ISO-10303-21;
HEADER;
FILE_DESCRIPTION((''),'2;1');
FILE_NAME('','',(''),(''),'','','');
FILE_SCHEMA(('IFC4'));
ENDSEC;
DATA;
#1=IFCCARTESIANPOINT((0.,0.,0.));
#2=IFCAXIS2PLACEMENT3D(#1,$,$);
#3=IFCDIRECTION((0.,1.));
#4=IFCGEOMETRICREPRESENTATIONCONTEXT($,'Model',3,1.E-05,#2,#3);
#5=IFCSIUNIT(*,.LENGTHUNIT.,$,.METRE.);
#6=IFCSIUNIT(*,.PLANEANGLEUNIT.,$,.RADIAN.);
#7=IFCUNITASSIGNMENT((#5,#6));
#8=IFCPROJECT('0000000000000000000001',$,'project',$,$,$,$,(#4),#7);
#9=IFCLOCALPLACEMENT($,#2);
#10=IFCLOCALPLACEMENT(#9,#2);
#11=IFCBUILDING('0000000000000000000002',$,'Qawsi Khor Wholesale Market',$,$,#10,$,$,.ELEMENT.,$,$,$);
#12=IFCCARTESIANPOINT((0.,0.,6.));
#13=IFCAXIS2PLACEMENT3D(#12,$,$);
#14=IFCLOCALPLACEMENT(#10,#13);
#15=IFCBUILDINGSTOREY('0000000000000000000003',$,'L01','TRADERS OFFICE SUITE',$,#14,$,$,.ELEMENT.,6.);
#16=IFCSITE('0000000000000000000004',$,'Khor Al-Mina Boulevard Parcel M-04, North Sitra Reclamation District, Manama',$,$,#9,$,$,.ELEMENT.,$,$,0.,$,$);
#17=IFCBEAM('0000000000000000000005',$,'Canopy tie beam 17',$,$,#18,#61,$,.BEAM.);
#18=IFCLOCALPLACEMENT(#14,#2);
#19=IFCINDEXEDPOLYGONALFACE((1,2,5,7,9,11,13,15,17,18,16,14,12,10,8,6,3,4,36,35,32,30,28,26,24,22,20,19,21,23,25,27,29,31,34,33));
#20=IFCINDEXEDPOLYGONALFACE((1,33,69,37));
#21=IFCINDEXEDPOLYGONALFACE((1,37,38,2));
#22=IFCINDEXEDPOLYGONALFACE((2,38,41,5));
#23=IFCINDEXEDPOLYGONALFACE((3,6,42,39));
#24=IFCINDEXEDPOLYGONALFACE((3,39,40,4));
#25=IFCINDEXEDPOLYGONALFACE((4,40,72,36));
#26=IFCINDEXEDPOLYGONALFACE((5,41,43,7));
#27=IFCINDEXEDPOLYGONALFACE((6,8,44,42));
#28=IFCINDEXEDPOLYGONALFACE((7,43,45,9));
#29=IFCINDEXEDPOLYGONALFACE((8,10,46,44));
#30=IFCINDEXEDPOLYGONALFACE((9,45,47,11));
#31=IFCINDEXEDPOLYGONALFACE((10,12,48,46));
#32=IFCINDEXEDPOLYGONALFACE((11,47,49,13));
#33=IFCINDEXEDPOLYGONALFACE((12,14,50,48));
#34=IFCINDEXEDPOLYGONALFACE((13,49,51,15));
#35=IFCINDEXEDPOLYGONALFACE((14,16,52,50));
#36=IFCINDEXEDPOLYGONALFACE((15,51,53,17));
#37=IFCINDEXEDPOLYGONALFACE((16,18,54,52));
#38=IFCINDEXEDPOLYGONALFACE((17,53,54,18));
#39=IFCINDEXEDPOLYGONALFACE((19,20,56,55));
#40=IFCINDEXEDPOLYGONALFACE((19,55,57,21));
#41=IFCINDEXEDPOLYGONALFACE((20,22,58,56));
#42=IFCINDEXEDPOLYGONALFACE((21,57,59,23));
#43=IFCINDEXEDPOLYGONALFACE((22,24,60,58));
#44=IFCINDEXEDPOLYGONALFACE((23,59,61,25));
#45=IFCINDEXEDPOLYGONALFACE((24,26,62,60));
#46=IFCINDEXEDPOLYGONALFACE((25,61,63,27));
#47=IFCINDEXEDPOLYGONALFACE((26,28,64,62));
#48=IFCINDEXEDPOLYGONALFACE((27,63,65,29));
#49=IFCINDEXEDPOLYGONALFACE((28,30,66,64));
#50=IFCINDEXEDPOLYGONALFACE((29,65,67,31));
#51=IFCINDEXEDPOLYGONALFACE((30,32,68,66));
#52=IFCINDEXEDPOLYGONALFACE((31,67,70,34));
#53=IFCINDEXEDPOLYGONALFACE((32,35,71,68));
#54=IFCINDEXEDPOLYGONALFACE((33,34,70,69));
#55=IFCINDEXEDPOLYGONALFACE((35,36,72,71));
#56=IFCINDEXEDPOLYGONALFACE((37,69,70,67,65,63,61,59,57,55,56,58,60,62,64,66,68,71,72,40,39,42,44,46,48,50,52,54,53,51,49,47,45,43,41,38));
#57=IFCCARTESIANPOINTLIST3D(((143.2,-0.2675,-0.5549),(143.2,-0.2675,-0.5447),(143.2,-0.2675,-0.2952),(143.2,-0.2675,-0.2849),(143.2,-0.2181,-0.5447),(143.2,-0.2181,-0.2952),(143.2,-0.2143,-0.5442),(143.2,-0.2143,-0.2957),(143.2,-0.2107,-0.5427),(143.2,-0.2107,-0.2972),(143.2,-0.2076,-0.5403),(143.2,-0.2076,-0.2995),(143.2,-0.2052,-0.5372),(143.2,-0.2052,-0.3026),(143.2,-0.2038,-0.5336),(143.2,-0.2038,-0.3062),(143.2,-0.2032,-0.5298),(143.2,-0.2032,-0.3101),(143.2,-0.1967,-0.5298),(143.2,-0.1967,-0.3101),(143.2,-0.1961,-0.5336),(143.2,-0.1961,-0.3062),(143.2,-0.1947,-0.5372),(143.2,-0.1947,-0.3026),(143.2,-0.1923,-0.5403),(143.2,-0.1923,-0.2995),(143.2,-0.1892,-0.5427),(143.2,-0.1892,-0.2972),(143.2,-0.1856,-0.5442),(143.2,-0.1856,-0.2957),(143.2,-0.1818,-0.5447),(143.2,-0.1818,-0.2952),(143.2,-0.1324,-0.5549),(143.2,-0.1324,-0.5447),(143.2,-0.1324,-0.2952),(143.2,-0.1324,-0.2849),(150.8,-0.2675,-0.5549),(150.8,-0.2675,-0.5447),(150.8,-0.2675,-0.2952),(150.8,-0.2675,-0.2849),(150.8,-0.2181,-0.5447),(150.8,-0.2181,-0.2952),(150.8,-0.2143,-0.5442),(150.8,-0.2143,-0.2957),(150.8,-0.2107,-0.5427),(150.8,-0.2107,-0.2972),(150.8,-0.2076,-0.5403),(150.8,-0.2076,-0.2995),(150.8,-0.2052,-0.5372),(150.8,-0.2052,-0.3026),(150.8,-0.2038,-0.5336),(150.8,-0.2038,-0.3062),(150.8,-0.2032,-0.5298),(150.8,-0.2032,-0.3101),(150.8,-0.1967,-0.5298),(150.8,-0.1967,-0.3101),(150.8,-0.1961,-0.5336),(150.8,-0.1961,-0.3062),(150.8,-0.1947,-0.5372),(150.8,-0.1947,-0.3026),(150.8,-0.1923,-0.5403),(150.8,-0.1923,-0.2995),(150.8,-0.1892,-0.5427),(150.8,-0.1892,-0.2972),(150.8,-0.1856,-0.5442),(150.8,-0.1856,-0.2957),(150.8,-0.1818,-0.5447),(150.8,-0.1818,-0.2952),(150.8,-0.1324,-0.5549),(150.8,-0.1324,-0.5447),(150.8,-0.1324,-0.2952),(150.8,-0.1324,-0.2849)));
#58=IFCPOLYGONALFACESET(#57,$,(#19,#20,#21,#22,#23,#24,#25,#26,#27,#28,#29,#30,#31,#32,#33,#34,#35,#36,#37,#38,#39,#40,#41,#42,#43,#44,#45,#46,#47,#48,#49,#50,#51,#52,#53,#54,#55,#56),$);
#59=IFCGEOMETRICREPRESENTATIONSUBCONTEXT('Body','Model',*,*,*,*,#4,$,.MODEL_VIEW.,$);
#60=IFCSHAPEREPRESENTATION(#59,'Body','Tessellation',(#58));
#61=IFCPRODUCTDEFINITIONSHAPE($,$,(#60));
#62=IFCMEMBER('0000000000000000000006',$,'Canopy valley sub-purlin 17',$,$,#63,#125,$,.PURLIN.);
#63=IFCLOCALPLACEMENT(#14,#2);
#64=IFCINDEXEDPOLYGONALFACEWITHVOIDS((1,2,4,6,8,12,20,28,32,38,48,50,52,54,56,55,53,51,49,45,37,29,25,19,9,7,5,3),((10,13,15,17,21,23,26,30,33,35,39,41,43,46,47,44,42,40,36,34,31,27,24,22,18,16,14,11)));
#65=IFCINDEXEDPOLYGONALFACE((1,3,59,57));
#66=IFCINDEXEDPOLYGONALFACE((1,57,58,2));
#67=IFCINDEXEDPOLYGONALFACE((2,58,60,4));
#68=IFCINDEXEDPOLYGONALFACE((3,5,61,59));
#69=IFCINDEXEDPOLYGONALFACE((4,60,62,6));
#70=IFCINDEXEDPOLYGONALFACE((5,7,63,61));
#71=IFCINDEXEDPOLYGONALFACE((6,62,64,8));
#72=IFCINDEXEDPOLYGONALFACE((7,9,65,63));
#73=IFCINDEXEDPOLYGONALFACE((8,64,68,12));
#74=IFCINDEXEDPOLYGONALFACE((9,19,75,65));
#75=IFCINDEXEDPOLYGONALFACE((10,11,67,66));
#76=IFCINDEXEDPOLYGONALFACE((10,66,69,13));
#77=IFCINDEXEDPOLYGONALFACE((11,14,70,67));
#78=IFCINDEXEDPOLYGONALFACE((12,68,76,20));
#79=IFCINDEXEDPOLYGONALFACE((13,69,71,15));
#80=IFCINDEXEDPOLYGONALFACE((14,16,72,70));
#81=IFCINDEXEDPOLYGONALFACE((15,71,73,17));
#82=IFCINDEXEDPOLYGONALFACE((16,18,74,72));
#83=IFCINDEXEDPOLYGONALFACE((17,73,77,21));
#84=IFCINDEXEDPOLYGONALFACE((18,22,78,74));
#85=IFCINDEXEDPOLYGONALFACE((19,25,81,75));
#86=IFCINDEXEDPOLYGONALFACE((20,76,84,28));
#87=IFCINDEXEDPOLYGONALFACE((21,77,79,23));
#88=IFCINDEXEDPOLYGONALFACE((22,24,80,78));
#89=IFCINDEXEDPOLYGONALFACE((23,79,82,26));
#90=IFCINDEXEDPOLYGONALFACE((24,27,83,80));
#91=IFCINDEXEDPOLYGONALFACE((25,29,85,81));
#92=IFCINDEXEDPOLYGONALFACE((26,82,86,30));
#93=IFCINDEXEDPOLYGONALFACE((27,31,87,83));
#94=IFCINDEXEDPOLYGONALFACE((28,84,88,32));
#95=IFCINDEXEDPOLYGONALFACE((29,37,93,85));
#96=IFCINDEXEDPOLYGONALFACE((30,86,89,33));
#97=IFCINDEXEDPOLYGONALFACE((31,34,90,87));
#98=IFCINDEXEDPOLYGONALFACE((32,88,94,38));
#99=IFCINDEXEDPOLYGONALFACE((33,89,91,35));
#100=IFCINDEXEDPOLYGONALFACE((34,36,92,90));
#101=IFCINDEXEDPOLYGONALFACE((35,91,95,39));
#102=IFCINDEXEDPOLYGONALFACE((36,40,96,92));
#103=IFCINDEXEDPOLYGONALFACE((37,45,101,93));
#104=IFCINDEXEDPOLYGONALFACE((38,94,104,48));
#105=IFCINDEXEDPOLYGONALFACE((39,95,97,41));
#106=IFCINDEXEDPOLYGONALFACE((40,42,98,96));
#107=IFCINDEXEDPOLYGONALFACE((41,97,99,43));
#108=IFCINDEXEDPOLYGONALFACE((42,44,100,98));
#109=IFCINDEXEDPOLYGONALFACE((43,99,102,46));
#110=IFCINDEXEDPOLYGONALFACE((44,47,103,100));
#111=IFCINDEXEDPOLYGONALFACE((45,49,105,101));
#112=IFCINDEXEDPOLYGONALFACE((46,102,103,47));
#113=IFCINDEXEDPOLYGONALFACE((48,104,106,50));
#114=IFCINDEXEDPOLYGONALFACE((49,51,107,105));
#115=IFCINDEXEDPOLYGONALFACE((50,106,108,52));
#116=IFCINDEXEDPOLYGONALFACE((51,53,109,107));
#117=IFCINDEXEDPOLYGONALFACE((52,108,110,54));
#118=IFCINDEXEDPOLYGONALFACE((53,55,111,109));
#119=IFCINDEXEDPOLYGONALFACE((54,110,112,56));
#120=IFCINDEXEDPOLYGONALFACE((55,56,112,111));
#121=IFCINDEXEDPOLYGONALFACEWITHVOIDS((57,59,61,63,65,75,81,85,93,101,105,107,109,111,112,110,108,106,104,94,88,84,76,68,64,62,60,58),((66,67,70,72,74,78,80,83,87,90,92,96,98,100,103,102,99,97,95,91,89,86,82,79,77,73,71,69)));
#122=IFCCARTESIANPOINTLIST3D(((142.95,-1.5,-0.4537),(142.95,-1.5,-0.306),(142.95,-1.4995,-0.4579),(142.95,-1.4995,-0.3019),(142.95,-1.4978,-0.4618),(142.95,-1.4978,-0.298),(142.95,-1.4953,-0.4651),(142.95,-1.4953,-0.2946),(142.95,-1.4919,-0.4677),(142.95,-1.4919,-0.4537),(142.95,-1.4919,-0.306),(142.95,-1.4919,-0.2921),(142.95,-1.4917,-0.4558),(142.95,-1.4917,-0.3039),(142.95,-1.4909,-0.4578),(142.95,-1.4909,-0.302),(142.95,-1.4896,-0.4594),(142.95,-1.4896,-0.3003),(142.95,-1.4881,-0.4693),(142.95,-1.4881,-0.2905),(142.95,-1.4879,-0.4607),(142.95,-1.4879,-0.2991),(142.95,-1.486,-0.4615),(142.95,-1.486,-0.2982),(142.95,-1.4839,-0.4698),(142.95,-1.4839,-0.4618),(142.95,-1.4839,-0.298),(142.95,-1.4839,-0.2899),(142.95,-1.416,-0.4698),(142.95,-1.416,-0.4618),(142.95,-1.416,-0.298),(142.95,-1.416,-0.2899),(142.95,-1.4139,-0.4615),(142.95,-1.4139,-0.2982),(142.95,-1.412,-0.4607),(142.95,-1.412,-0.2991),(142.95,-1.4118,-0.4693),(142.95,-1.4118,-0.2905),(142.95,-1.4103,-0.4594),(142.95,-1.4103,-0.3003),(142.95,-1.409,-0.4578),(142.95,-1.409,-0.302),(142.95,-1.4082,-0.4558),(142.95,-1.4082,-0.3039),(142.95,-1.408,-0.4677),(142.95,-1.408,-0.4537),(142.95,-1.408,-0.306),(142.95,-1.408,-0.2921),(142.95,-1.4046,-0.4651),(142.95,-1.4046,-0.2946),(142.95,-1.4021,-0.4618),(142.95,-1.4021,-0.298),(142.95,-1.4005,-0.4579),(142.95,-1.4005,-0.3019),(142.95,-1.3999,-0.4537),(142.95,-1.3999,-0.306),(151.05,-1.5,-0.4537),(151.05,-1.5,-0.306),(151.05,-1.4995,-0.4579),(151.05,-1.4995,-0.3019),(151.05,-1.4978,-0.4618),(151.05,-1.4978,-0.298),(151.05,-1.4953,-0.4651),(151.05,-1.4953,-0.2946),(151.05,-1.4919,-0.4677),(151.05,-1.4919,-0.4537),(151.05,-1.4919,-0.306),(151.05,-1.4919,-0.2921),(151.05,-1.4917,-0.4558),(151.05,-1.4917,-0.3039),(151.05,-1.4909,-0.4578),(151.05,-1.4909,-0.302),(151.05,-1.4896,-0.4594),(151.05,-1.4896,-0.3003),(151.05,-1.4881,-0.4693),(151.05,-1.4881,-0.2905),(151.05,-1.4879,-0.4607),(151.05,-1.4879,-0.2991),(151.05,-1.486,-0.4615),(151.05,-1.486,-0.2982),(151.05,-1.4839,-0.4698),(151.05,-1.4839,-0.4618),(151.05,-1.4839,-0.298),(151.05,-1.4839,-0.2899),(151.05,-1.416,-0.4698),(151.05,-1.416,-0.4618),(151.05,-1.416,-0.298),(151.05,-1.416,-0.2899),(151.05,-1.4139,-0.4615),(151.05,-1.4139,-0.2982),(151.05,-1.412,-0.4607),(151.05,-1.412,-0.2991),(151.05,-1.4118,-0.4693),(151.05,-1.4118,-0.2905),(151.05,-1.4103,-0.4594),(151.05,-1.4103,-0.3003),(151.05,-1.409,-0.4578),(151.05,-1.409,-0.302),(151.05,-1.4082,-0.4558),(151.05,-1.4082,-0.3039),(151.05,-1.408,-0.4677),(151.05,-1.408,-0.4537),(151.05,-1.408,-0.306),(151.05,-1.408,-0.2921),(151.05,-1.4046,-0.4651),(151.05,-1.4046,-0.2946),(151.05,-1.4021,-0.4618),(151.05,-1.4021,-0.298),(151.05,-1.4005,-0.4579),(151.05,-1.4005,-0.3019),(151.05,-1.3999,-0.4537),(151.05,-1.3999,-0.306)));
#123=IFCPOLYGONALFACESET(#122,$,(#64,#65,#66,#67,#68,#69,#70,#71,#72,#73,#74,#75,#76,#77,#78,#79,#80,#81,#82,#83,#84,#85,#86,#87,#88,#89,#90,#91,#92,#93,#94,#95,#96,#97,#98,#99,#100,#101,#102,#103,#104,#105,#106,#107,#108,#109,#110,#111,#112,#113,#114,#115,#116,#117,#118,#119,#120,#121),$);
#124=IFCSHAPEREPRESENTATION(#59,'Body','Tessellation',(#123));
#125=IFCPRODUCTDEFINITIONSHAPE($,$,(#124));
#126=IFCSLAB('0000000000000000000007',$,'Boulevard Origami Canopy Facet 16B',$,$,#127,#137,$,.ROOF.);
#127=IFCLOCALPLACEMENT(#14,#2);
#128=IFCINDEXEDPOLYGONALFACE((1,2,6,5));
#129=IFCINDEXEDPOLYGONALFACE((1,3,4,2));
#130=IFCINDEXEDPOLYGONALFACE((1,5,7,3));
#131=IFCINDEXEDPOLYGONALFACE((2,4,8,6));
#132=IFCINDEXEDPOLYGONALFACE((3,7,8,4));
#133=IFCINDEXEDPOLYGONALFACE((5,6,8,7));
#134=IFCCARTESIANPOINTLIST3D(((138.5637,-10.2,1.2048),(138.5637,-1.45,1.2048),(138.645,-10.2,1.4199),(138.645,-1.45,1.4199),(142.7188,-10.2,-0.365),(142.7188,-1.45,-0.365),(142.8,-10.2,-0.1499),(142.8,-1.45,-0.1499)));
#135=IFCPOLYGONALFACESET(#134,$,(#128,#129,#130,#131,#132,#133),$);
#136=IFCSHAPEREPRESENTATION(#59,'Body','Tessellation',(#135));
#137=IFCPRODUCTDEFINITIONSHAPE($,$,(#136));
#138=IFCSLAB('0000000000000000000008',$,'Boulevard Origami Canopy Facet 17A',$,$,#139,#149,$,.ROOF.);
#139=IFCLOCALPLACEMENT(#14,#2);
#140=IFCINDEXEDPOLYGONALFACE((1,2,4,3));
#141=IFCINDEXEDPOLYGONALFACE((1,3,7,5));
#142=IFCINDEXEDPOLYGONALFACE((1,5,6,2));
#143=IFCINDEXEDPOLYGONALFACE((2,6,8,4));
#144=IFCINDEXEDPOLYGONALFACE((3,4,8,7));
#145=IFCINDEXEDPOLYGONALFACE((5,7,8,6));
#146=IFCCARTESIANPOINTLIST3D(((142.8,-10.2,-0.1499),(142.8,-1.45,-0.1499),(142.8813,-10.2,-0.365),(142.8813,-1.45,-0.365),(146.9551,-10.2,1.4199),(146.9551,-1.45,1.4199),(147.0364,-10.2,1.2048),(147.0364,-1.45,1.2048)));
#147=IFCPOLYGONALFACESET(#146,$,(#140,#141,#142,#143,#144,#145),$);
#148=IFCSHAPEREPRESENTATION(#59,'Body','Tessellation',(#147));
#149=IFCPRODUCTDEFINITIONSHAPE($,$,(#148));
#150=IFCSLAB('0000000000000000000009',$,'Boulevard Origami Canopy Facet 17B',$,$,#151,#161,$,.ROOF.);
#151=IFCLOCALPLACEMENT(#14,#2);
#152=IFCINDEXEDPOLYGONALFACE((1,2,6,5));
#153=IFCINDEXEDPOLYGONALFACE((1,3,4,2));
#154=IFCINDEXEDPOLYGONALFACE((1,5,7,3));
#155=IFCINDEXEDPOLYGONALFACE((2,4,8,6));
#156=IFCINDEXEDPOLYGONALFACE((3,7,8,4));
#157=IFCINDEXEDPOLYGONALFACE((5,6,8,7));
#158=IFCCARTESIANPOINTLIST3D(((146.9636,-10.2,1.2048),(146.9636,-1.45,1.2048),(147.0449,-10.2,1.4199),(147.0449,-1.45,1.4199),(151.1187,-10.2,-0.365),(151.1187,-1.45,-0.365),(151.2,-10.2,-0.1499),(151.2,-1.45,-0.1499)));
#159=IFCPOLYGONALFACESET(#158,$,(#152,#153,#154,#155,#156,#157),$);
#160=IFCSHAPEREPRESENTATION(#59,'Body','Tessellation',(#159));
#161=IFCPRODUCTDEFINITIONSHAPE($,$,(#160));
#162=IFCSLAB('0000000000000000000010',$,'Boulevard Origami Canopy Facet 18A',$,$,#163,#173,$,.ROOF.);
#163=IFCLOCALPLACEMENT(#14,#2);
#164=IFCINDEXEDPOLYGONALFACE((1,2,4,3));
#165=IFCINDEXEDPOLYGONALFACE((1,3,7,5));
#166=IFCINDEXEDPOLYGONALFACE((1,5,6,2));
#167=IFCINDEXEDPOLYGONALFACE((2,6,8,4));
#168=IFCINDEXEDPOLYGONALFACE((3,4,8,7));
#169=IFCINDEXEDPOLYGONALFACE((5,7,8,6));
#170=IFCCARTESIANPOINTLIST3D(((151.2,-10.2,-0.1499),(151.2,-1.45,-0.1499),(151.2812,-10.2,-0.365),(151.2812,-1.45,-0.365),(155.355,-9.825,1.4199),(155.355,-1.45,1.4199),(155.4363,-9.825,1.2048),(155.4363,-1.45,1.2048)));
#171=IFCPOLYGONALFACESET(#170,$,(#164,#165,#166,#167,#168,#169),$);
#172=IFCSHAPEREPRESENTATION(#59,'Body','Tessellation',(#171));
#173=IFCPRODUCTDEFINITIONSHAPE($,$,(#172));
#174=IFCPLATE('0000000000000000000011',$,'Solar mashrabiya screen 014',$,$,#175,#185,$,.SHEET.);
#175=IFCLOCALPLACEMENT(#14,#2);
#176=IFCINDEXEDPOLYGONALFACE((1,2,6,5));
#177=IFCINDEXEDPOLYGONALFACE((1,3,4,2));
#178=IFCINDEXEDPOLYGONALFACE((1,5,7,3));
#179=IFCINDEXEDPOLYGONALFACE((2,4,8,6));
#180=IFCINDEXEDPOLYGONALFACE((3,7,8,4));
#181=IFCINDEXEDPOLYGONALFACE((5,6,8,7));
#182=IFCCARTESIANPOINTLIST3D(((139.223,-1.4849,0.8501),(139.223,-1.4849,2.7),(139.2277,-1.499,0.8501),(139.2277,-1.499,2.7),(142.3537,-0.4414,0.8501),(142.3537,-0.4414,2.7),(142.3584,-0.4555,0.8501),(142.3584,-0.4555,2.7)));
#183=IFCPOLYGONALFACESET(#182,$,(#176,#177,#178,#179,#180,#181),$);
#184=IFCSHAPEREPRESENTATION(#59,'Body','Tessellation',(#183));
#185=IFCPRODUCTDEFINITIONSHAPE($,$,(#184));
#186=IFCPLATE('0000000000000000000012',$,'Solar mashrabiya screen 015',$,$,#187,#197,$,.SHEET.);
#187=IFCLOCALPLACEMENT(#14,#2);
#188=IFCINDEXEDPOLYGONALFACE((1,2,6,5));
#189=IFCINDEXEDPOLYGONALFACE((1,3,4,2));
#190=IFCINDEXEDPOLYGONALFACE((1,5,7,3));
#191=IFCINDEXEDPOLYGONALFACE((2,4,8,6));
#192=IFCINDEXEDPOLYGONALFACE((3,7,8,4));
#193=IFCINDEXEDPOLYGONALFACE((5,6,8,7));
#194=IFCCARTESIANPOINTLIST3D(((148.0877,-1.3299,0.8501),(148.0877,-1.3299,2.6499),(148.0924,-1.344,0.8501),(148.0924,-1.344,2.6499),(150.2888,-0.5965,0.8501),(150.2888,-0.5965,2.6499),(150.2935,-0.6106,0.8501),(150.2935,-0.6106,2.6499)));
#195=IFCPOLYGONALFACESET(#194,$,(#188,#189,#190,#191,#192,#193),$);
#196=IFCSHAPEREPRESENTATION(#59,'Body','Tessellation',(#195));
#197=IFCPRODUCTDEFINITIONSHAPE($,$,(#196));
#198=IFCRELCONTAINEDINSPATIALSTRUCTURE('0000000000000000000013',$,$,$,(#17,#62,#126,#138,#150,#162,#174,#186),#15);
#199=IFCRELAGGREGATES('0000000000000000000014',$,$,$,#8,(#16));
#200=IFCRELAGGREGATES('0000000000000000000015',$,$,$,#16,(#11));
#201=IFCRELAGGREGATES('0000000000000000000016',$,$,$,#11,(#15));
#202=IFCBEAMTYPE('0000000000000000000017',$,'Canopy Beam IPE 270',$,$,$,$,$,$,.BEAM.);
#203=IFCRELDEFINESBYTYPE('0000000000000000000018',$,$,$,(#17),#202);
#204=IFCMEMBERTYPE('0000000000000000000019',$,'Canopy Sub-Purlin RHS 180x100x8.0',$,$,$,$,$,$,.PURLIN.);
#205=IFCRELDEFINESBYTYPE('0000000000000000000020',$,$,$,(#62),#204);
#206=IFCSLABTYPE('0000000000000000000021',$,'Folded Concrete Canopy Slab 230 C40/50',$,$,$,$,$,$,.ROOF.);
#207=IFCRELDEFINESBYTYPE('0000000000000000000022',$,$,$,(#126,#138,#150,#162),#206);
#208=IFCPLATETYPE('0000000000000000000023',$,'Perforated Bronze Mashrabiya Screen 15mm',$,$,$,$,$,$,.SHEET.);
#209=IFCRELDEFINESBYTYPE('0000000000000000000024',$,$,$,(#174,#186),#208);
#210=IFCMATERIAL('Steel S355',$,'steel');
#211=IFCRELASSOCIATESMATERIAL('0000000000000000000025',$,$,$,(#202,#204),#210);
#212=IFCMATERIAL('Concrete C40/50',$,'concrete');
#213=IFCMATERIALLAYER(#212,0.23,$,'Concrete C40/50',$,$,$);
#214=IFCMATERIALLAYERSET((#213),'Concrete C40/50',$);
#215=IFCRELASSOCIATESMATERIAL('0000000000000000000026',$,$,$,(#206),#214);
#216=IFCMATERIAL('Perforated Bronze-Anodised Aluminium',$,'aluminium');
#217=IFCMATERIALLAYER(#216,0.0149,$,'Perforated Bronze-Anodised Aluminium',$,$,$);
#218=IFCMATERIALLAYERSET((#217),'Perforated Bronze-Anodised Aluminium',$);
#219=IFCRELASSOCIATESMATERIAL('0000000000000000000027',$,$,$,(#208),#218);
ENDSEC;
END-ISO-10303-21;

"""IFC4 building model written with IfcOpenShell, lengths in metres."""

from ifc_helpers import new_model, si_unit, direction, frame, frame_2d, origin, origin_2d, place, context, subcontext, project, spatial, polyline, rectangle, hollow_rectangle, i_section, outline, extrude, material, layer, layer_set, material_profile, profile_set, type_object, element, save


model = new_model("IFC4")

# Units and contexts
model_context = context("Model", 3, precision=1e-05, world=origin(), true_north=direction((0.0, 1.0)))
body_context = subcontext(model_context, "Body", "Model", "MODEL_VIEW")
ifc_project = project(units=[si_unit("LENGTHUNIT", "METRE"), si_unit("PLANEANGLEUNIT", "RADIAN")], contexts=[model_context])

# Site, building, storey
site_placement = place(None, origin())
site = spatial("IfcSite", under=ifc_project, at=site_placement, Name="Khor Al-Mina Boulevard Parcel M-04, North Sitra Reclamation District, Manama", CompositionType="ELEMENT", RefElevation=0.0)
building_placement = place(site_placement, origin())
building = spatial("IfcBuilding", under=site, at=building_placement, Name="Qawsi Khor Wholesale Market", CompositionType="ELEMENT")
storey_placement = place(building_placement, frame((0.0, 0.0, 6.0)))
storey = spatial("IfcBuildingStorey", under=building, at=storey_placement, Name="L01", Description="TRADERS OFFICE SUITE", CompositionType="ELEMENT", Elevation=6.0)

# Beam
ifc_material_1 = material(Name="Steel S355", Category="steel")
ifc_material_profile_1 = material_profile(ifc_material_1, i_section(OverallWidth=0.135, OverallDepth=0.27, WebThickness=0.0066, FlangeThickness=0.0103, FilletRadius=0.0149, at=origin_2d()), Name="IPE 270")
ifc_profile_set_1 = profile_set([ifc_material_profile_1], Name="Steel S355")
beam_type = type_object("IfcBeamType", Name="Canopy Beam IPE 270", PredefinedType="BEAM", material=ifc_profile_set_1)
beam_placement = place(storey_placement, frame((143.2, -0.2, -0.4199), z_axis=(1.0, 0.0, 0.0), x_axis=(0.0, 1.0, 0.0)))
element("IfcBeam", 1, at=beam_placement, inside=storey, type_object=beam_type, Name="Canopy tie beam 17", PredefinedType="BEAM", context=body_context, shape_type="SweptSolid", body=[
    extrude(i_section(OverallWidth=0.135, OverallDepth=0.27, WebThickness=0.0066, FlangeThickness=0.0103, FilletRadius=0.0149, at=origin_2d()), origin(), (0.0, 0.0, 1.0), 7.6001),
])

# Member
ifc_material_profile_2 = material_profile(ifc_material_1, hollow_rectangle(XDim=0.1001, YDim=0.1799, WallThickness=0.0081, InnerFilletRadius=0.0081, OuterFilletRadius=0.0161, at=origin_2d()), Name="RHS 180x100x8.0")
ifc_profile_set_2 = profile_set([ifc_material_profile_2], Name="Steel S355")
member_type = type_object("IfcMemberType", Name="Canopy Sub-Purlin RHS 180x100x8.0", PredefinedType="PURLIN", material=ifc_profile_set_2)
member_placement = place(storey_placement, frame((142.95, -1.45, -0.3799), z_axis=(1.0, 0.0, 0.0), x_axis=(0.0, 1.0, 0.0)))
element("IfcMember", 2, at=member_placement, inside=storey, type_object=member_type, Name="Canopy valley sub-purlin 17", PredefinedType="PURLIN", context=body_context, shape_type="SweptSolid", body=[
    extrude(hollow_rectangle(XDim=0.1001, YDim=0.1799, WallThickness=0.0081, InnerFilletRadius=0.0081, OuterFilletRadius=0.0161, at=origin_2d()), origin(), (0.0, 0.0, 1.0), 8.1001),
])

# Slabs
ifc_material_2 = material(Name="Concrete C40/50", Category="concrete")
ifc_layer_1 = layer(ifc_material_2, 0.23, Name="Concrete C40/50")
ifc_layer_set_1 = layer_set([ifc_layer_1], Name="Concrete C40/50")
slab_type = type_object("IfcSlabType", Name="Folded Concrete Canopy Slab 230 C40/50", PredefinedType="ROOF", material=ifc_layer_set_1)
for number, where, z_axis, x_axis, name in (
    (3, (138.645, -10.2, 1.4199), (0.353429, 0.0, 0.935461), (0.935461, 0.0, -0.353429), "Boulevard Origami Canopy Facet 16B"),
    (4, (142.8, -10.2, -0.1499), (-0.353429, 0.0, 0.935461), (0.935461, 0.0, 0.353429), "Boulevard Origami Canopy Facet 17A"),
    (5, (147.0449, -10.2, 1.4199), (0.353429, 0.0, 0.935461), (0.935461, 0.0, -0.353429), "Boulevard Origami Canopy Facet 17B"),
):
    element("IfcSlab", number, at=place(storey_placement, frame(where, z_axis=z_axis, x_axis=x_axis)), inside=storey, type_object=slab_type, Name=name, PredefinedType="ROOF", context=body_context, shape_type="SweptSolid", body=[
        extrude(outline(polyline([(0.0, 0.0), (4.4417, 0.0), (4.4417, 8.75), (0.0, 8.75), (0.0, 0.0)])), origin(), (0.0, 0.0, -1.0), 0.23),
    ])
slab_placement = place(storey_placement, frame((151.2, -10.2, -0.1499), z_axis=(-0.353429, 0.0, 0.935461), x_axis=(0.932145, 0.084128, 0.352177)))
element("IfcSlab", 6, at=slab_placement, inside=storey, type_object=slab_type, Name="Boulevard Origami Canopy Facet 18A", PredefinedType="ROOF", context=body_context, shape_type="SweptSolid", body=[
    extrude(outline(polyline([(0.0, 0.0), (4.4575, 0.0), (5.1621, 8.3453), (0.7361, 8.719), (0.0, 0.0)])), origin(), (0.0, 0.0, -1.0), 0.23),
])

# Plates
ifc_material_3 = material(Name="Perforated Bronze-Anodised Aluminium", Category="aluminium")
ifc_layer_2 = layer(ifc_material_3, 0.0149, Name="Perforated Bronze-Anodised Aluminium")
ifc_layer_set_2 = layer_set([ifc_layer_2], Name="Perforated Bronze-Anodised Aluminium")
plate_type_1 = type_object("IfcPlateType", Name="Perforated Bronze Mashrabiya Screen 15mm", PredefinedType="SHEET", material=ifc_layer_set_2)
plate_1_placement = place(storey_placement, frame((142.356, -0.4485, 0.8501), z_axis=(0.0, 0.0, 1.0), x_axis=(-0.948691, -0.316206, 0.0)))
element("IfcPlate", 7, at=plate_1_placement, inside=storey, type_object=plate_type_1, Name="Solar mashrabiya screen 014", PredefinedType="SHEET", context=body_context, shape_type="SweptSolid", body=[
    extrude(rectangle(XDim=3.3, YDim=0.0149, at=frame_2d((1.6499, 0.0))), origin(), (0.0, 0.0, 1.0), 1.8499),
])
plate_2_placement = place(storey_placement, frame((150.2913, -0.6035, 0.8501), z_axis=(0.0, 0.0, 1.0), x_axis=(-0.948725, -0.316101, 0.0)))
element("IfcPlate", 8, at=plate_2_placement, inside=storey, type_object=plate_type_1, Name="Solar mashrabiya screen 015", PredefinedType="SHEET", context=body_context, shape_type="SweptSolid", body=[
    extrude(rectangle(XDim=2.3201, YDim=0.0149, at=frame_2d((1.1602, 0.0))), origin(), (0.0, 0.0, 1.0), 1.7998),
])

save(model, "model.ifc")
